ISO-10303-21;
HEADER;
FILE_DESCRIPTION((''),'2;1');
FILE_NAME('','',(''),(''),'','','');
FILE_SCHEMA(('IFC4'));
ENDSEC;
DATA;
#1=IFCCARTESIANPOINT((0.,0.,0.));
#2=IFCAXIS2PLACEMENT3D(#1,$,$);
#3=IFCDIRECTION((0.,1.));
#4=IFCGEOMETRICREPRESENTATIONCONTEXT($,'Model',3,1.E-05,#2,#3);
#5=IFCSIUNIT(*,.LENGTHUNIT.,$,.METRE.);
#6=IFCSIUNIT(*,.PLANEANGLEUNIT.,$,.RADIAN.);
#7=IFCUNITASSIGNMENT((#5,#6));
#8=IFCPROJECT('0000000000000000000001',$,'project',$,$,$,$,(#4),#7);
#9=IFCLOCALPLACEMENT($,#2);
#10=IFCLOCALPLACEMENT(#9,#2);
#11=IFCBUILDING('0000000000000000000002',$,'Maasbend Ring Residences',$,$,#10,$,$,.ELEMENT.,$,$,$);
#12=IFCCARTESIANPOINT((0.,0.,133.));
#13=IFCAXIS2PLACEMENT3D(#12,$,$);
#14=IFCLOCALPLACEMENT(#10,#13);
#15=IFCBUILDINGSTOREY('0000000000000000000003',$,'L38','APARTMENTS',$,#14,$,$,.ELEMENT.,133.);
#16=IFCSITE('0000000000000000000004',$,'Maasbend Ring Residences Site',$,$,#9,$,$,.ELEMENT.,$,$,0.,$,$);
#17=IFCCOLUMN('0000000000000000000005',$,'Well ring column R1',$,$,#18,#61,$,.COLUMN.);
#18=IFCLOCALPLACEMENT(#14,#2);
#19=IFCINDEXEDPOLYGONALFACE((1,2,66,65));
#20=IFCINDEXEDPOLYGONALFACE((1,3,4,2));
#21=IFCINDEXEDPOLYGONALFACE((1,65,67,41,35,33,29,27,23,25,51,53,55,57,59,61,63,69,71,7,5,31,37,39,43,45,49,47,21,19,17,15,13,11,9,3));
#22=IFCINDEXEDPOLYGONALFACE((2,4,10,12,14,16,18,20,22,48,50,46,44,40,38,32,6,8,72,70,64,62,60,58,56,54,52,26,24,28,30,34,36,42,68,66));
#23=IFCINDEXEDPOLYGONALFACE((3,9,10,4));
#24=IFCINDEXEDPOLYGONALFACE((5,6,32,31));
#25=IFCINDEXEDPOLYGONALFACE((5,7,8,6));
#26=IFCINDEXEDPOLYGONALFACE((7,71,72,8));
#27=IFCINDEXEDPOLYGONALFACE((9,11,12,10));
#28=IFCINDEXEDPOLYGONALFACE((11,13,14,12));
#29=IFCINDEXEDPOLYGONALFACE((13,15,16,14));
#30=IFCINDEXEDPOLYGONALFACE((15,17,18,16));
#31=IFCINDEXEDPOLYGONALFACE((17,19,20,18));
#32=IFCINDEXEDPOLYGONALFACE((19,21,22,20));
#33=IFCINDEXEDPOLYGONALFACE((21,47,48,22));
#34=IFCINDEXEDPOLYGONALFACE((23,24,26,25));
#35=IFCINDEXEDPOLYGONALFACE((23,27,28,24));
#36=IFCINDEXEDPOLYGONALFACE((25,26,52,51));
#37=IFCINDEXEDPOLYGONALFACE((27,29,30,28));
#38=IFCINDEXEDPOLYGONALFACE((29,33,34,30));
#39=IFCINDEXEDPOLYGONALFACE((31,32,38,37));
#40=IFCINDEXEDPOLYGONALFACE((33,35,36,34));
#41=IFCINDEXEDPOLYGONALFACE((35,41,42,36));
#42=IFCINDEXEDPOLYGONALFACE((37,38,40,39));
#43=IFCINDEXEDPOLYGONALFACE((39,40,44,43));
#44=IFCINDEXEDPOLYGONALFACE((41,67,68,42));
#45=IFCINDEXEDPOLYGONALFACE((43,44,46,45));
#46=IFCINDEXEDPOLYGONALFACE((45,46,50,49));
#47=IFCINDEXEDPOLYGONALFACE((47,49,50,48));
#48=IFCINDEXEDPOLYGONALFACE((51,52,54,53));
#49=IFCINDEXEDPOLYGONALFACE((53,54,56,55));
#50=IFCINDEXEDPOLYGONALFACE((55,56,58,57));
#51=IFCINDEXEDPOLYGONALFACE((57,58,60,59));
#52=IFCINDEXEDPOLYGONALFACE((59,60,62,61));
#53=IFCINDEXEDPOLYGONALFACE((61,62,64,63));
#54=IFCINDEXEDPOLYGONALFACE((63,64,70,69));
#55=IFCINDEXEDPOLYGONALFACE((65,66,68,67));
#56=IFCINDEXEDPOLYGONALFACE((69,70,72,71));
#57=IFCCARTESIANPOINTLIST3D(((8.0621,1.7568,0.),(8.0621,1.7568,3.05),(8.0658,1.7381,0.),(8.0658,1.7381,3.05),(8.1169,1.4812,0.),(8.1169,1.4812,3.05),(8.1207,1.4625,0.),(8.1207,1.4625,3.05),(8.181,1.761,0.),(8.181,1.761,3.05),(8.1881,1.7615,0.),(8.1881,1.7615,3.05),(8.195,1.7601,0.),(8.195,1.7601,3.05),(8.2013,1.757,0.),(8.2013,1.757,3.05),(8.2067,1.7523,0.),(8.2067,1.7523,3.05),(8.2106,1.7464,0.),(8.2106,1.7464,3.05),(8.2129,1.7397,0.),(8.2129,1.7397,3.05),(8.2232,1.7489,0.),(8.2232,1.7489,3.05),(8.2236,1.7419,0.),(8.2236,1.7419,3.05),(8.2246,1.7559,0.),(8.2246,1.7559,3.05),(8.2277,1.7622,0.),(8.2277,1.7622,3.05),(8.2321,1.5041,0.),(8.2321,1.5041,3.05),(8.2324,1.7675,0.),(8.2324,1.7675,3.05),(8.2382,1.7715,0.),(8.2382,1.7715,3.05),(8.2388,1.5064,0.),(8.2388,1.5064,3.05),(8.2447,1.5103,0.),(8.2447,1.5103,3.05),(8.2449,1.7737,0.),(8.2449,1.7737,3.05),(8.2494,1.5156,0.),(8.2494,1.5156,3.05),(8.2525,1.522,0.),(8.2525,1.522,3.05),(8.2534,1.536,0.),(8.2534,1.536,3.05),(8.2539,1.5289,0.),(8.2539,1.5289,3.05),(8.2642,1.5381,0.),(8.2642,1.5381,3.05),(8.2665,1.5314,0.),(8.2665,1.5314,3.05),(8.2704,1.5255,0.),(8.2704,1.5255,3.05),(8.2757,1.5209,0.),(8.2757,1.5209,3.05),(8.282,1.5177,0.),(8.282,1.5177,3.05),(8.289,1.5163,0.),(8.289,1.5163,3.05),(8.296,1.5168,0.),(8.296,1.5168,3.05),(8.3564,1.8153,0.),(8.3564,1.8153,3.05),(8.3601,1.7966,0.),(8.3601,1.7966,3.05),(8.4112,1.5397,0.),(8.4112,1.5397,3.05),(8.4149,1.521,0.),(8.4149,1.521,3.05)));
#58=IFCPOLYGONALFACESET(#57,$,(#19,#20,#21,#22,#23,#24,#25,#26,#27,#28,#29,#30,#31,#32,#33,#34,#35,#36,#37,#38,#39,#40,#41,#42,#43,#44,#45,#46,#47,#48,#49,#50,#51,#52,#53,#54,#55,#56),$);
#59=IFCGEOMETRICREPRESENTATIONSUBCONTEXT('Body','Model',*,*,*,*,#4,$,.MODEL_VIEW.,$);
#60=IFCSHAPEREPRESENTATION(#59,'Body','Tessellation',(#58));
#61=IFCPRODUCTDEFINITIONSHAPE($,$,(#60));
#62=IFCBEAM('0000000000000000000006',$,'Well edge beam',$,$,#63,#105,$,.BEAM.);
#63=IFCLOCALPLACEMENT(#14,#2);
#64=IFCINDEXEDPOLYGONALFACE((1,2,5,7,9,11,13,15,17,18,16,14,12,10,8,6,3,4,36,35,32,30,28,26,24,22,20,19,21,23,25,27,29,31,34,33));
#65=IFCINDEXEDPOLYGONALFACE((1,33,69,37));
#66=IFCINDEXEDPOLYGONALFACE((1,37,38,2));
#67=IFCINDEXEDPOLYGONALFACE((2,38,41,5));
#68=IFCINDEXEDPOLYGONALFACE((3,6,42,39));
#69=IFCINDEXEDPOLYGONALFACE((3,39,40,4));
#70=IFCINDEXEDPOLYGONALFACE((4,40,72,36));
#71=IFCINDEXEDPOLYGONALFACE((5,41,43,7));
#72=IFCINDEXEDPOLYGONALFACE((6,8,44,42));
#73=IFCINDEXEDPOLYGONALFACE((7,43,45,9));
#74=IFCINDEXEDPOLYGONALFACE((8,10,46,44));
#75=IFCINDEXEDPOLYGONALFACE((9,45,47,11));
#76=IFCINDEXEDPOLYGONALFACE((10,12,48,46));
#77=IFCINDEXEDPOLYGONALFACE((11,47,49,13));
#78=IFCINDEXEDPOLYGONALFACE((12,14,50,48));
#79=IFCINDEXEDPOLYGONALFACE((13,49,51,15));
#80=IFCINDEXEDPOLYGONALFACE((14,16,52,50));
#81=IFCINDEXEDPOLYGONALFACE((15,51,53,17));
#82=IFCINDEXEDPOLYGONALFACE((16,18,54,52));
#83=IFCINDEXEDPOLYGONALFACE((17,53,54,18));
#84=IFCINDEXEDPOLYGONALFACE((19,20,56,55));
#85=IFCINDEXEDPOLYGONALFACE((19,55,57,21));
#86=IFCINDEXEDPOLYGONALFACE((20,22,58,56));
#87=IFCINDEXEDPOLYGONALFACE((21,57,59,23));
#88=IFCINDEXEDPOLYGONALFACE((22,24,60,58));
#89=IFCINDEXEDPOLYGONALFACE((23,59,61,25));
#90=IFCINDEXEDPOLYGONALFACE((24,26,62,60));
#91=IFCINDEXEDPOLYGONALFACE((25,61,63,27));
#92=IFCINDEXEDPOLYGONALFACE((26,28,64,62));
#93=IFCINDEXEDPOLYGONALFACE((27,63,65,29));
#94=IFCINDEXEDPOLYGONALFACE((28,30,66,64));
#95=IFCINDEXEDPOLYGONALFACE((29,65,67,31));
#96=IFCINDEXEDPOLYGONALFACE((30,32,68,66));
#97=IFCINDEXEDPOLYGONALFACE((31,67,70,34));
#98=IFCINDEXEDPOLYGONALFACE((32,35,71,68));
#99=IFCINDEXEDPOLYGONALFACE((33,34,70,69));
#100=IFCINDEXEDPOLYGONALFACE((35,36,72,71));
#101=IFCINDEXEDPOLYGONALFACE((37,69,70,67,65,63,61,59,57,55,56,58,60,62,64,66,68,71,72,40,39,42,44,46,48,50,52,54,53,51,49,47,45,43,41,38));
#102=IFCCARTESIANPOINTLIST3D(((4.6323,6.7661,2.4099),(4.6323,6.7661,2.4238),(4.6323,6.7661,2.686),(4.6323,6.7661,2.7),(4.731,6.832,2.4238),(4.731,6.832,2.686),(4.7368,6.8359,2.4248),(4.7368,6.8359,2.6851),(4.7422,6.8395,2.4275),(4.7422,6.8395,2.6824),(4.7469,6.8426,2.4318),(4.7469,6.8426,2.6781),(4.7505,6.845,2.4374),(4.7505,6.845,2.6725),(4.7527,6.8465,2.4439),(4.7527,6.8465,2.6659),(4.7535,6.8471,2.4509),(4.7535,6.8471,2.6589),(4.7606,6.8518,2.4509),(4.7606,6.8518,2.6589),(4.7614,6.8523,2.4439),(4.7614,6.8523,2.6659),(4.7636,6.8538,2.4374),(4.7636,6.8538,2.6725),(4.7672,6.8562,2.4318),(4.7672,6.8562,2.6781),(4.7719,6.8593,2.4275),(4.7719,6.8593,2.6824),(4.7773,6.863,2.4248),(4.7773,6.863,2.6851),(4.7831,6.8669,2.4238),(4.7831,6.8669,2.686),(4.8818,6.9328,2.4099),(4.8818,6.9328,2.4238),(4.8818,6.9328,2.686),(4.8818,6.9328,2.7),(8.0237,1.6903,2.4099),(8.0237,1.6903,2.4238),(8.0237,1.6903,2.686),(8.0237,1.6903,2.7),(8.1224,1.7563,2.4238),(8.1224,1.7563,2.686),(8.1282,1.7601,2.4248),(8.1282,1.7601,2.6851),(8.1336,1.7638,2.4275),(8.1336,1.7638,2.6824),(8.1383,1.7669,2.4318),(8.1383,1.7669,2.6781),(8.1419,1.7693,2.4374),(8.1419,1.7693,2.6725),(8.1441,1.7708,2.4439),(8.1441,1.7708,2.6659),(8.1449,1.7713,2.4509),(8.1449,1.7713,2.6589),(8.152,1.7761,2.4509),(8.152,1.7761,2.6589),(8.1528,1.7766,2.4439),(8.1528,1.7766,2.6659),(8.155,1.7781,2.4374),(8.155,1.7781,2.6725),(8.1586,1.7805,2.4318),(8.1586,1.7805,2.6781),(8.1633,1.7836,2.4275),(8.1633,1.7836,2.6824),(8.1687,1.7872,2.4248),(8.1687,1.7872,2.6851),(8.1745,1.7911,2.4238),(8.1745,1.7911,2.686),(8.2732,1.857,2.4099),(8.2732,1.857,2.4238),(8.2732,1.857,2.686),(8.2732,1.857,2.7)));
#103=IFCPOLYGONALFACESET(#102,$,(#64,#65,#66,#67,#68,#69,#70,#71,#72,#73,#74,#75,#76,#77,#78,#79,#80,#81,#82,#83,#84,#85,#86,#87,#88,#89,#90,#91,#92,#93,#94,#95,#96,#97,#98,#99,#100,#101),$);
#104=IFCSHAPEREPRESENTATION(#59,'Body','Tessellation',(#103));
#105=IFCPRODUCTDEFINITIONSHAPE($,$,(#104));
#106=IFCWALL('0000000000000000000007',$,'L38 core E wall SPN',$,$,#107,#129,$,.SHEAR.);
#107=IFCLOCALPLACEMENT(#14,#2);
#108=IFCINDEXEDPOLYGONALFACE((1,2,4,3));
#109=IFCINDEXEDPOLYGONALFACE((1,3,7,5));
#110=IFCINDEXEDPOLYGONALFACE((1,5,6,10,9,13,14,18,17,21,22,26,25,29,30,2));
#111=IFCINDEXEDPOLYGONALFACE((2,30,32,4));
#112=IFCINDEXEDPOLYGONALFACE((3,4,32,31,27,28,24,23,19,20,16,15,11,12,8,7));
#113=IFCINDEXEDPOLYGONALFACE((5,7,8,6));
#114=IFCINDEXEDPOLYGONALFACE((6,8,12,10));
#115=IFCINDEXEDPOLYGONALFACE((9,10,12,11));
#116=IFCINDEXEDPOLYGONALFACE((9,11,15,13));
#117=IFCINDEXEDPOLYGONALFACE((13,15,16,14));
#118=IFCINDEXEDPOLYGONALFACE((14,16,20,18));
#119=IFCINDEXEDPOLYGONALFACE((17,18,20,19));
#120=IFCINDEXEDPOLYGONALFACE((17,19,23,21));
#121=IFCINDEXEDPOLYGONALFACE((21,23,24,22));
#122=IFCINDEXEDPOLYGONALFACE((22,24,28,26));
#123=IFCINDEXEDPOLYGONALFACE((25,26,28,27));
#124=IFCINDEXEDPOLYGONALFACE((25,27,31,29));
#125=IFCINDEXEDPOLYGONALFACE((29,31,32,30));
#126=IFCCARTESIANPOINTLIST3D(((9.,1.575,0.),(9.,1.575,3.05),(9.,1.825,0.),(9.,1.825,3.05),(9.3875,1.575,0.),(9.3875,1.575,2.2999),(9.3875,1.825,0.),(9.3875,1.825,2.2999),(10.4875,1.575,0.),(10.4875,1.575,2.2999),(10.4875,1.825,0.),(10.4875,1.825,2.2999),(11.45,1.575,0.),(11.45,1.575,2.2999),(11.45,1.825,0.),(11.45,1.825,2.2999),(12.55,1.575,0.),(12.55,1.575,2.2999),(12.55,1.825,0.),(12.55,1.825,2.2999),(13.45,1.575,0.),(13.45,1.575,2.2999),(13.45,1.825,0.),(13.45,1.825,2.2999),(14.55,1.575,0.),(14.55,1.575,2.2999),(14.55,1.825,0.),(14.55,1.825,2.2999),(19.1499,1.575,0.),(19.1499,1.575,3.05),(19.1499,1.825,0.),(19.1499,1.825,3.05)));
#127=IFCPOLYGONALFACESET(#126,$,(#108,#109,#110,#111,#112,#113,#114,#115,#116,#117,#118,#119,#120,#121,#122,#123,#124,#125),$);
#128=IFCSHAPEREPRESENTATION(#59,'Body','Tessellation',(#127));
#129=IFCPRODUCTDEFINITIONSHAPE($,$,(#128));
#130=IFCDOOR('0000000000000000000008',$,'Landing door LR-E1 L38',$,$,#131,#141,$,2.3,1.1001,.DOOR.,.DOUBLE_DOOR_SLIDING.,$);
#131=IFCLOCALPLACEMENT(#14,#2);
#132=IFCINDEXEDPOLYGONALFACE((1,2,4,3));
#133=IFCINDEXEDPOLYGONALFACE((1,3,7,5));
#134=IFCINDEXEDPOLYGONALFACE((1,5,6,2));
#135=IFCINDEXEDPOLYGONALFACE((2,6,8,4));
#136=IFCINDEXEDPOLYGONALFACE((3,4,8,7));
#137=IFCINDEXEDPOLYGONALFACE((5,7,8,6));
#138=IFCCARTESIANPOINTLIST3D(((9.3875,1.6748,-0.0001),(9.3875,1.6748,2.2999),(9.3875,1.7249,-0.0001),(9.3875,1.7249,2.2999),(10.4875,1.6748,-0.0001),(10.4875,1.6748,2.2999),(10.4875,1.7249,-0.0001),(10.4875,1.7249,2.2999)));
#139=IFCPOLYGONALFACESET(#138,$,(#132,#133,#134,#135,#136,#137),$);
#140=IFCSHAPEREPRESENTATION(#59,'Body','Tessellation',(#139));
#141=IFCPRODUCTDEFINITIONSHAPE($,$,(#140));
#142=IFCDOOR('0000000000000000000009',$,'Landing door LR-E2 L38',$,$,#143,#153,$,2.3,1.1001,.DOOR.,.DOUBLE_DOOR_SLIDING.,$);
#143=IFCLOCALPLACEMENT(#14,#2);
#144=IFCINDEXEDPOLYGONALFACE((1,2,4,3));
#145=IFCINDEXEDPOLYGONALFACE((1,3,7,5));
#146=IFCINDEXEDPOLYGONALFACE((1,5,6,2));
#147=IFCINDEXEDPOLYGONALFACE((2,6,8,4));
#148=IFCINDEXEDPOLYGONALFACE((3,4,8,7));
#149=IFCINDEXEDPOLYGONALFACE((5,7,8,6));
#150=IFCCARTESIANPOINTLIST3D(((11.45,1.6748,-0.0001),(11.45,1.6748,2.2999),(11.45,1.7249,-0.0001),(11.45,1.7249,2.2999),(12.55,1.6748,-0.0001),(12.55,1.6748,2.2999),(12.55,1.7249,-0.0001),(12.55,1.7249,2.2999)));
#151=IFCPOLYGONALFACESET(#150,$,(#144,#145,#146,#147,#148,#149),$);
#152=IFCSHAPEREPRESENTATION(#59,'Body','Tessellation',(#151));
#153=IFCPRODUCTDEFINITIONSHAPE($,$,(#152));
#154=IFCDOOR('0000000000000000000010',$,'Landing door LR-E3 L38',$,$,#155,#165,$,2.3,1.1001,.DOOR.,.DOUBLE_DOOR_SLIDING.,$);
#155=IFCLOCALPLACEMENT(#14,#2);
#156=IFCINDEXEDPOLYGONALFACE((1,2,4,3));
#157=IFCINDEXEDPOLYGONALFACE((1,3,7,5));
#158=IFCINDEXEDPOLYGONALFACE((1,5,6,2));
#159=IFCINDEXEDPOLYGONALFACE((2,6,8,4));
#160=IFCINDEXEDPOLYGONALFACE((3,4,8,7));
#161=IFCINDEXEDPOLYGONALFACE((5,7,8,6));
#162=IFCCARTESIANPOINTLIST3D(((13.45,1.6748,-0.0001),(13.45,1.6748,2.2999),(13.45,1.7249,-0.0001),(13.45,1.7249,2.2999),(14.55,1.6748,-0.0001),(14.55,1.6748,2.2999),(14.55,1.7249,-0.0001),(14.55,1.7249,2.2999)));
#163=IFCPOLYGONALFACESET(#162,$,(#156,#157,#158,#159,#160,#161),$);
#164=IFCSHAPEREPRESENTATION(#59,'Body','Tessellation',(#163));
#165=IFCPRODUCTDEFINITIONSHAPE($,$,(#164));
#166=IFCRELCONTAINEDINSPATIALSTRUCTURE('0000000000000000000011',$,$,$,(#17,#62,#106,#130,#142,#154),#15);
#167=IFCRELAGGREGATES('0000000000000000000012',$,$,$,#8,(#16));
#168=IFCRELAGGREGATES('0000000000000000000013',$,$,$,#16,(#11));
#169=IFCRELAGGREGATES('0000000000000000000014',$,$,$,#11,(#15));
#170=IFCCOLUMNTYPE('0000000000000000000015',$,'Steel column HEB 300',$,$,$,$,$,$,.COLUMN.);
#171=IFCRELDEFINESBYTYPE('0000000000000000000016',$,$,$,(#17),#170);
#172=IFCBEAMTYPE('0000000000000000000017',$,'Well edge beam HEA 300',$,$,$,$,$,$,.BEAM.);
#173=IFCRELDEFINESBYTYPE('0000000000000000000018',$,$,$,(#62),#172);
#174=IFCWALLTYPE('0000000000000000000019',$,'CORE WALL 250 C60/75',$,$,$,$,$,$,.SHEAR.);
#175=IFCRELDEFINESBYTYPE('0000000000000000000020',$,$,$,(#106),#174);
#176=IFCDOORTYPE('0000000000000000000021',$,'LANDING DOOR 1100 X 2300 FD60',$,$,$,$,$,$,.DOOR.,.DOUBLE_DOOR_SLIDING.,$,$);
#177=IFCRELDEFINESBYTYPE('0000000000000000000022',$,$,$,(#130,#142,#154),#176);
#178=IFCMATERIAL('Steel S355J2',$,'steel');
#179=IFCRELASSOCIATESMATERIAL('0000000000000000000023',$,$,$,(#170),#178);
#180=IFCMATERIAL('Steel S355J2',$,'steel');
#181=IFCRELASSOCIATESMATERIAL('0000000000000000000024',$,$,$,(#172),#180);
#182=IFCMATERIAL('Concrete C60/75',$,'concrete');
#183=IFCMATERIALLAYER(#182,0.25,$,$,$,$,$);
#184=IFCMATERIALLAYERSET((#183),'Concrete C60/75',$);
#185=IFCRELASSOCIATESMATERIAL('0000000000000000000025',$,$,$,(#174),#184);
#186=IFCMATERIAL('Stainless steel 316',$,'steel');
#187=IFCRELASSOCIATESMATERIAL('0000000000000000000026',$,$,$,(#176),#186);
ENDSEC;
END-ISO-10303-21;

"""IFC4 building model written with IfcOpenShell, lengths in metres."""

from ifc_helpers import new_model, si_unit, direction, frame, frame_2d, origin, origin_2d, place, context, subcontext, project, spatial, rectangle, i_section, extrude, material, layer, layer_set, material_profile, profile_set, type_object, element, fill, save


model = new_model("IFC4")

# Units and contexts
model_context = context("Model", 3, precision=1e-05, world=origin(), true_north=direction((0.0, 1.0)))
body_context = subcontext(model_context, "Body", "Model", "MODEL_VIEW")
ifc_project = project(units=[si_unit("LENGTHUNIT", "METRE"), si_unit("PLANEANGLEUNIT", "RADIAN")], contexts=[model_context])

# Site, building, storey
site_placement = place(None, origin())
site = spatial("IfcSite", under=ifc_project, at=site_placement, Name="Maasbend Ring Residences Site", CompositionType="ELEMENT", RefElevation=0.0)
building_placement = place(site_placement, origin())
building = spatial("IfcBuilding", under=site, at=building_placement, Name="Maasbend Ring Residences", CompositionType="ELEMENT")
storey_placement = place(building_placement, frame((0.0, 0.0, 133.0)))
storey = spatial("IfcBuildingStorey", under=building, at=storey_placement, Name="L38", Description="APARTMENTS", CompositionType="ELEMENT", Elevation=133.0)

# Column
ifc_material_1 = material(Name="Steel S355J2", Category="steel")
ifc_material_profile_1 = material_profile(ifc_material_1, i_section(OverallWidth=0.3, OverallDepth=0.3, WebThickness=0.011, FlangeThickness=0.019, FilletRadius=0.0271, at=origin_2d()), Name="HEB 300")
ifc_profile_set_1 = profile_set([ifc_material_profile_1], Name="Steel S355J2")
column_type = type_object("IfcColumnType", Name="Steel column HEB 300", PredefinedType="COLUMN", material=ifc_profile_set_1)
column_placement = place(storey_placement, frame((8.2385, 1.6389, 0.0), z_axis=(0.0, 0.0, 1.0), x_axis=(0.980785, 0.19509, 0.0)))
element("IfcColumn", 1, at=column_placement, inside=storey, type_object=column_type, Name="Well ring column R1", PredefinedType="COLUMN", context=body_context, shape_type="SweptSolid", body=[
    extrude(i_section(OverallWidth=0.3, OverallDepth=0.3, WebThickness=0.011, FlangeThickness=0.019, FilletRadius=0.0271, at=origin_2d()), origin(), (0.0, 0.0, 1.0), 3.05),
])

# Beam
ifc_material_2 = material(Name="Steel S355J2", Category="steel")
ifc_material_profile_2 = material_profile(ifc_material_2, i_section(OverallWidth=0.3, OverallDepth=0.29, WebThickness=0.0085, FlangeThickness=0.0139, FilletRadius=0.0271, at=origin_2d()), Name="HEA 300")
ifc_profile_set_2 = profile_set([ifc_material_profile_2], Name="Steel S355J2")
beam_type = type_object("IfcBeamType", Name="Well edge beam HEA 300", PredefinedType="BEAM", material=ifc_profile_set_2)
beam_placement = place(storey_placement, frame((8.1484, 1.7737, 2.5549), z_axis=(-0.555558, 0.831478, 0.0), x_axis=(-0.831478, -0.555558, 0.0)))
element("IfcBeam", 2, at=beam_placement, inside=storey, type_object=beam_type, Name="Well edge beam", PredefinedType="BEAM", context=body_context, shape_type="SweptSolid", body=[
    extrude(i_section(OverallWidth=0.3, OverallDepth=0.29, WebThickness=0.0085, FlangeThickness=0.0139, FilletRadius=0.0271, at=origin_2d()), origin(), (0.0, 0.0, 1.0), 6.1045),
])

# Wall, openings, doors
ifc_material_3 = material(Name="Concrete C60/75", Category="concrete")
ifc_layer_1 = layer(ifc_material_3, 0.25)
ifc_layer_set_1 = layer_set([ifc_layer_1], Name="Concrete C60/75")
wall_type_1 = type_object("IfcWallType", Name="CORE WALL 250 C60/75", PredefinedType="SHEAR", material=ifc_layer_set_1)
wall_1_placement = place(storey_placement, frame((9.0, 1.7, 0.0), z_axis=(0.0, 0.0, 1.0), x_axis=(1.0, 0.0, 0.0)))
wall_1 = element("IfcWall", 3, at=wall_1_placement, inside=storey, type_object=wall_type_1, Name="L38 core E wall SPN", PredefinedType="SHEAR", context=body_context, shape_type="SweptSolid", body=[
    extrude(rectangle(XDim=10.1499, YDim=0.25, at=frame_2d((5.075, 0.0))), origin(), (0.0, 0.0, 1.0), 3.05),
])
opening_1_placement = place(wall_1_placement, frame((0.3875, 0.0, 0.0)))
opening_1 = element("IfcOpeningElement", 4, at=opening_1_placement, cuts=wall_1, PredefinedType="OPENING", context=body_context, shape_type="SweptSolid", body=[
    extrude(rectangle(XDim=1.1001, YDim=2.3, at=frame_2d((0.55, 1.1499))), frame((0.0, 0.135, 0.0), z_axis=(0.0, -1.0, 0.0), x_axis=(1.0, 0.0, 0.0)), (0.0, 0.0, 1.0), 0.27),
])
opening_2_placement = place(wall_1_placement, frame((2.45, 0.0, 0.0)))
opening_2 = element("IfcOpeningElement", 5, at=opening_2_placement, cuts=wall_1, PredefinedType="OPENING", context=body_context, shape_type="SweptSolid", body=[
    extrude(rectangle(XDim=1.1001, YDim=2.3, at=frame_2d((0.55, 1.1499))), frame((0.0, 0.135, 0.0), z_axis=(0.0, -1.0, 0.0), x_axis=(1.0, 0.0, 0.0)), (0.0, 0.0, 1.0), 0.27),
])
opening_3_placement = place(wall_1_placement, frame((4.45, 0.0, 0.0)))
opening_3 = element("IfcOpeningElement", 6, at=opening_3_placement, cuts=wall_1, PredefinedType="OPENING", context=body_context, shape_type="SweptSolid", body=[
    extrude(rectangle(XDim=1.1001, YDim=2.3, at=frame_2d((0.55, 1.1499))), frame((0.0, 0.135, 0.0), z_axis=(0.0, -1.0, 0.0), x_axis=(1.0, 0.0, 0.0)), (0.0, 0.0, 1.0), 0.27),
])
ifc_material_4 = material(Name="Stainless steel 316", Category="steel")
door_type_1 = type_object("IfcDoorType", Name="LANDING DOOR 1100 X 2300 FD60", OperationType="DOUBLE_DOOR_SLIDING", PredefinedType="DOOR", material=ifc_material_4)
door_1_placement = place(opening_1_placement, origin())
door_1 = element("IfcDoor", 7, at=door_1_placement, inside=storey, type_object=door_type_1, Name="Landing door LR-E1 L38", OperationType="DOUBLE_DOOR_SLIDING", OverallHeight=2.3, OverallWidth=1.1001, PredefinedType="DOOR", context=body_context, shape_type="SweptSolid", body=[
    extrude(rectangle(XDim=1.1001, YDim=2.3, at=frame_2d((0.55, 1.1499))), frame((0.0, 0.0249, 0.0), z_axis=(0.0, -1.0, 0.0), x_axis=(1.0, 0.0, 0.0)), (0.0, 0.0, 1.0), 0.05),
])
fill(opening_1, door_1)
door_2_placement = place(opening_2_placement, origin())
door_2 = element("IfcDoor", 8, at=door_2_placement, inside=storey, type_object=door_type_1, Name="Landing door LR-E2 L38", OperationType="DOUBLE_DOOR_SLIDING", OverallHeight=2.3, OverallWidth=1.1001, PredefinedType="DOOR", context=body_context, shape_type="SweptSolid", body=[
    extrude(rectangle(XDim=1.1001, YDim=2.3, at=frame_2d((0.55, 1.1499))), frame((0.0, 0.0249, 0.0), z_axis=(0.0, -1.0, 0.0), x_axis=(1.0, 0.0, 0.0)), (0.0, 0.0, 1.0), 0.05),
])
fill(opening_2, door_2)
door_3_placement = place(opening_3_placement, origin())
door_3 = element("IfcDoor", 9, at=door_3_placement, inside=storey, type_object=door_type_1, Name="Landing door LR-E3 L38", OperationType="DOUBLE_DOOR_SLIDING", OverallHeight=2.3, OverallWidth=1.1001, PredefinedType="DOOR", context=body_context, shape_type="SweptSolid", body=[
    extrude(rectangle(XDim=1.1001, YDim=2.3, at=frame_2d((0.55, 1.1499))), frame((0.0, 0.0249, 0.0), z_axis=(0.0, -1.0, 0.0), x_axis=(1.0, 0.0, 0.0)), (0.0, 0.0, 1.0), 0.05),
])
fill(opening_3, door_3)

save(model, "model.ifc")
